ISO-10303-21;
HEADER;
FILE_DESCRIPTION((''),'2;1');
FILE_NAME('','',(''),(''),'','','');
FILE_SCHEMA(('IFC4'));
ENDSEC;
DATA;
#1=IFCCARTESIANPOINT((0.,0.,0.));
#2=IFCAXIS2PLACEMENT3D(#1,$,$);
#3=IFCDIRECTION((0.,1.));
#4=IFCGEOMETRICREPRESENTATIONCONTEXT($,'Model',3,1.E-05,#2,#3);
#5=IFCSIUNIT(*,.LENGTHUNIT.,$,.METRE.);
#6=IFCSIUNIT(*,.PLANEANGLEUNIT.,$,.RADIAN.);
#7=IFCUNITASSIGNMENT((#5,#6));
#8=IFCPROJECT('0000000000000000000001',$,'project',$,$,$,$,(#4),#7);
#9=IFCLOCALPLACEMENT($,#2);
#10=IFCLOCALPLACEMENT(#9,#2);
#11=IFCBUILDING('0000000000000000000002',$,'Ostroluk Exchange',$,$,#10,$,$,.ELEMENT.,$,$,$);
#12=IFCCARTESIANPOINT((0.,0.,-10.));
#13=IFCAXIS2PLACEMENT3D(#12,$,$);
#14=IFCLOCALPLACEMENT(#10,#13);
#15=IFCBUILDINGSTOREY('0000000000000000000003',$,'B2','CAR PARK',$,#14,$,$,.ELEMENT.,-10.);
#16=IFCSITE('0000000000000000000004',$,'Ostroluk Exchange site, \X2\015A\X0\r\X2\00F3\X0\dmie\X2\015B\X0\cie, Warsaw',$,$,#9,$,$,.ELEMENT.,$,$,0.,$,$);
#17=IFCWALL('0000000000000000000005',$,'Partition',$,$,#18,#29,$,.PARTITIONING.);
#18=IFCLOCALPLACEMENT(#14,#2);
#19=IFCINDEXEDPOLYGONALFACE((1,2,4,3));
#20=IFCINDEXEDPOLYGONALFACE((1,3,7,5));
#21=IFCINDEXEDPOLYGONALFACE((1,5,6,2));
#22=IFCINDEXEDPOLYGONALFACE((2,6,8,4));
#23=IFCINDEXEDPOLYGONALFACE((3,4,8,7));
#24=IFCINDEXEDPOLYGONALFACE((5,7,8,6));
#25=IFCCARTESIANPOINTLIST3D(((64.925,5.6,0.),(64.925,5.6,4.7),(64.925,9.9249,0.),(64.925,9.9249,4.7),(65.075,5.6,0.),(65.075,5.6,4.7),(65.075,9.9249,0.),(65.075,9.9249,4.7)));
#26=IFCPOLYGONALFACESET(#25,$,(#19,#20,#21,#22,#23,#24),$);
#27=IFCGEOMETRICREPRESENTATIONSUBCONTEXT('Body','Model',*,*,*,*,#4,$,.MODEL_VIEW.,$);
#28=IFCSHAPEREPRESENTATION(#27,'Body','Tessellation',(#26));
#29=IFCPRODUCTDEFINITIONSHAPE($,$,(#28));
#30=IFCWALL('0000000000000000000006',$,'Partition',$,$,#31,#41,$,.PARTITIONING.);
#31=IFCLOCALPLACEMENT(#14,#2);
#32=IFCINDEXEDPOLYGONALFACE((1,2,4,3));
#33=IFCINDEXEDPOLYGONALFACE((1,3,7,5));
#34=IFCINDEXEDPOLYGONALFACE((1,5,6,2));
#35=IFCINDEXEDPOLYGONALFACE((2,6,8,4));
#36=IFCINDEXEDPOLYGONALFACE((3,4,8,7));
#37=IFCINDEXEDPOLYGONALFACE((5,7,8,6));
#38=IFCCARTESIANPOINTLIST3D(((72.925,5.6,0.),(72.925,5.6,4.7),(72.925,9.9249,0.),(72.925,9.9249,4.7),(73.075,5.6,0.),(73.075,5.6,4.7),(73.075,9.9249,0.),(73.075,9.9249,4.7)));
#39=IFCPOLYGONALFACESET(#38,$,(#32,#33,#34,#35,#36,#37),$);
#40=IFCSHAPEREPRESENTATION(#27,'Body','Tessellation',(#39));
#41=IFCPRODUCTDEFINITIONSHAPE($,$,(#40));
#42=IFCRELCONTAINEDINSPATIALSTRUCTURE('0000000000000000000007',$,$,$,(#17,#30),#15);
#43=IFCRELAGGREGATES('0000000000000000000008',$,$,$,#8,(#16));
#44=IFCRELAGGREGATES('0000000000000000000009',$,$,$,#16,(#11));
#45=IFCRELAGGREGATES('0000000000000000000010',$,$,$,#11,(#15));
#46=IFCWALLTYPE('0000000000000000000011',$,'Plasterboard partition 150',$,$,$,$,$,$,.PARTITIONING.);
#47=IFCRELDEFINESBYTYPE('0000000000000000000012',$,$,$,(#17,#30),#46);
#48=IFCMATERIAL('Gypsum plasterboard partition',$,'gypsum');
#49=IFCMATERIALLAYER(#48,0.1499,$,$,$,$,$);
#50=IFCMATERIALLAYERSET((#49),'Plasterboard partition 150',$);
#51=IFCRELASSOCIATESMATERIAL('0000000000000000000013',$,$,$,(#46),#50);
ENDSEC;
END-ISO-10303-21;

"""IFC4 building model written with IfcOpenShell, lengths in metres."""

from ifc_helpers import new_model, si_unit, direction, frame, frame_2d, origin, place, context, subcontext, project, spatial, rectangle, extrude, material, layer, layer_set, type_object, element, save


model = new_model("IFC4")

# Units and contexts
model_context = context("Model", 3, precision=1e-05, world=origin(), true_north=direction((0.0, 1.0)))
body_context = subcontext(model_context, "Body", "Model", "MODEL_VIEW")
ifc_project = project(units=[si_unit("LENGTHUNIT", "METRE"), si_unit("PLANEANGLEUNIT", "RADIAN")], contexts=[model_context])

# Site, building, storey
site_placement = place(None, origin())
site = spatial("IfcSite", under=ifc_project, at=site_placement, Name="Ostroluk Exchange site, Śródmieście, Warsaw", CompositionType="ELEMENT", RefElevation=0.0)
building_placement = place(site_placement, origin())
building = spatial("IfcBuilding", under=site, at=building_placement, Name="Ostroluk Exchange", CompositionType="ELEMENT")
storey_placement = place(building_placement, frame((0.0, 0.0, -10.0)))
storey = spatial("IfcBuildingStorey", under=building, at=storey_placement, Name="B2", Description="CAR PARK", CompositionType="ELEMENT", Elevation=-10.0)

# Walls
ifc_material_1 = material(Name="Gypsum plasterboard partition", Category="gypsum")
ifc_layer_1 = layer(ifc_material_1, 0.1499)
ifc_layer_set_1 = layer_set([ifc_layer_1], Name="Plasterboard partition 150")
wall_type = type_object("IfcWallType", Name="Plasterboard partition 150", PredefinedType="PARTITIONING", material=ifc_layer_set_1)
for number, where, z_axis, x_axis, name in (
    (1, (65.0, 9.925, 0.0), (0.0, 0.0, 1.0), (0.0, -1.0, 0.0), "Partition"),
    (2, (73.0, 9.925, 0.0), (0.0, 0.0, 1.0), (0.0, -1.0, 0.0), "Partition"),
):
    element("IfcWall", number, at=place(storey_placement, frame(where, z_axis=z_axis, x_axis=x_axis)), inside=storey, type_object=wall_type, Name=name, PredefinedType="PARTITIONING", context=body_context, shape_type="SweptSolid", body=[
        extrude(rectangle(XDim=4.325, YDim=0.1499, at=frame_2d((2.1626, 0.0))), origin(), (0.0, 0.0, 1.0), 4.7),
    ])

save(model, "model.ifc")
